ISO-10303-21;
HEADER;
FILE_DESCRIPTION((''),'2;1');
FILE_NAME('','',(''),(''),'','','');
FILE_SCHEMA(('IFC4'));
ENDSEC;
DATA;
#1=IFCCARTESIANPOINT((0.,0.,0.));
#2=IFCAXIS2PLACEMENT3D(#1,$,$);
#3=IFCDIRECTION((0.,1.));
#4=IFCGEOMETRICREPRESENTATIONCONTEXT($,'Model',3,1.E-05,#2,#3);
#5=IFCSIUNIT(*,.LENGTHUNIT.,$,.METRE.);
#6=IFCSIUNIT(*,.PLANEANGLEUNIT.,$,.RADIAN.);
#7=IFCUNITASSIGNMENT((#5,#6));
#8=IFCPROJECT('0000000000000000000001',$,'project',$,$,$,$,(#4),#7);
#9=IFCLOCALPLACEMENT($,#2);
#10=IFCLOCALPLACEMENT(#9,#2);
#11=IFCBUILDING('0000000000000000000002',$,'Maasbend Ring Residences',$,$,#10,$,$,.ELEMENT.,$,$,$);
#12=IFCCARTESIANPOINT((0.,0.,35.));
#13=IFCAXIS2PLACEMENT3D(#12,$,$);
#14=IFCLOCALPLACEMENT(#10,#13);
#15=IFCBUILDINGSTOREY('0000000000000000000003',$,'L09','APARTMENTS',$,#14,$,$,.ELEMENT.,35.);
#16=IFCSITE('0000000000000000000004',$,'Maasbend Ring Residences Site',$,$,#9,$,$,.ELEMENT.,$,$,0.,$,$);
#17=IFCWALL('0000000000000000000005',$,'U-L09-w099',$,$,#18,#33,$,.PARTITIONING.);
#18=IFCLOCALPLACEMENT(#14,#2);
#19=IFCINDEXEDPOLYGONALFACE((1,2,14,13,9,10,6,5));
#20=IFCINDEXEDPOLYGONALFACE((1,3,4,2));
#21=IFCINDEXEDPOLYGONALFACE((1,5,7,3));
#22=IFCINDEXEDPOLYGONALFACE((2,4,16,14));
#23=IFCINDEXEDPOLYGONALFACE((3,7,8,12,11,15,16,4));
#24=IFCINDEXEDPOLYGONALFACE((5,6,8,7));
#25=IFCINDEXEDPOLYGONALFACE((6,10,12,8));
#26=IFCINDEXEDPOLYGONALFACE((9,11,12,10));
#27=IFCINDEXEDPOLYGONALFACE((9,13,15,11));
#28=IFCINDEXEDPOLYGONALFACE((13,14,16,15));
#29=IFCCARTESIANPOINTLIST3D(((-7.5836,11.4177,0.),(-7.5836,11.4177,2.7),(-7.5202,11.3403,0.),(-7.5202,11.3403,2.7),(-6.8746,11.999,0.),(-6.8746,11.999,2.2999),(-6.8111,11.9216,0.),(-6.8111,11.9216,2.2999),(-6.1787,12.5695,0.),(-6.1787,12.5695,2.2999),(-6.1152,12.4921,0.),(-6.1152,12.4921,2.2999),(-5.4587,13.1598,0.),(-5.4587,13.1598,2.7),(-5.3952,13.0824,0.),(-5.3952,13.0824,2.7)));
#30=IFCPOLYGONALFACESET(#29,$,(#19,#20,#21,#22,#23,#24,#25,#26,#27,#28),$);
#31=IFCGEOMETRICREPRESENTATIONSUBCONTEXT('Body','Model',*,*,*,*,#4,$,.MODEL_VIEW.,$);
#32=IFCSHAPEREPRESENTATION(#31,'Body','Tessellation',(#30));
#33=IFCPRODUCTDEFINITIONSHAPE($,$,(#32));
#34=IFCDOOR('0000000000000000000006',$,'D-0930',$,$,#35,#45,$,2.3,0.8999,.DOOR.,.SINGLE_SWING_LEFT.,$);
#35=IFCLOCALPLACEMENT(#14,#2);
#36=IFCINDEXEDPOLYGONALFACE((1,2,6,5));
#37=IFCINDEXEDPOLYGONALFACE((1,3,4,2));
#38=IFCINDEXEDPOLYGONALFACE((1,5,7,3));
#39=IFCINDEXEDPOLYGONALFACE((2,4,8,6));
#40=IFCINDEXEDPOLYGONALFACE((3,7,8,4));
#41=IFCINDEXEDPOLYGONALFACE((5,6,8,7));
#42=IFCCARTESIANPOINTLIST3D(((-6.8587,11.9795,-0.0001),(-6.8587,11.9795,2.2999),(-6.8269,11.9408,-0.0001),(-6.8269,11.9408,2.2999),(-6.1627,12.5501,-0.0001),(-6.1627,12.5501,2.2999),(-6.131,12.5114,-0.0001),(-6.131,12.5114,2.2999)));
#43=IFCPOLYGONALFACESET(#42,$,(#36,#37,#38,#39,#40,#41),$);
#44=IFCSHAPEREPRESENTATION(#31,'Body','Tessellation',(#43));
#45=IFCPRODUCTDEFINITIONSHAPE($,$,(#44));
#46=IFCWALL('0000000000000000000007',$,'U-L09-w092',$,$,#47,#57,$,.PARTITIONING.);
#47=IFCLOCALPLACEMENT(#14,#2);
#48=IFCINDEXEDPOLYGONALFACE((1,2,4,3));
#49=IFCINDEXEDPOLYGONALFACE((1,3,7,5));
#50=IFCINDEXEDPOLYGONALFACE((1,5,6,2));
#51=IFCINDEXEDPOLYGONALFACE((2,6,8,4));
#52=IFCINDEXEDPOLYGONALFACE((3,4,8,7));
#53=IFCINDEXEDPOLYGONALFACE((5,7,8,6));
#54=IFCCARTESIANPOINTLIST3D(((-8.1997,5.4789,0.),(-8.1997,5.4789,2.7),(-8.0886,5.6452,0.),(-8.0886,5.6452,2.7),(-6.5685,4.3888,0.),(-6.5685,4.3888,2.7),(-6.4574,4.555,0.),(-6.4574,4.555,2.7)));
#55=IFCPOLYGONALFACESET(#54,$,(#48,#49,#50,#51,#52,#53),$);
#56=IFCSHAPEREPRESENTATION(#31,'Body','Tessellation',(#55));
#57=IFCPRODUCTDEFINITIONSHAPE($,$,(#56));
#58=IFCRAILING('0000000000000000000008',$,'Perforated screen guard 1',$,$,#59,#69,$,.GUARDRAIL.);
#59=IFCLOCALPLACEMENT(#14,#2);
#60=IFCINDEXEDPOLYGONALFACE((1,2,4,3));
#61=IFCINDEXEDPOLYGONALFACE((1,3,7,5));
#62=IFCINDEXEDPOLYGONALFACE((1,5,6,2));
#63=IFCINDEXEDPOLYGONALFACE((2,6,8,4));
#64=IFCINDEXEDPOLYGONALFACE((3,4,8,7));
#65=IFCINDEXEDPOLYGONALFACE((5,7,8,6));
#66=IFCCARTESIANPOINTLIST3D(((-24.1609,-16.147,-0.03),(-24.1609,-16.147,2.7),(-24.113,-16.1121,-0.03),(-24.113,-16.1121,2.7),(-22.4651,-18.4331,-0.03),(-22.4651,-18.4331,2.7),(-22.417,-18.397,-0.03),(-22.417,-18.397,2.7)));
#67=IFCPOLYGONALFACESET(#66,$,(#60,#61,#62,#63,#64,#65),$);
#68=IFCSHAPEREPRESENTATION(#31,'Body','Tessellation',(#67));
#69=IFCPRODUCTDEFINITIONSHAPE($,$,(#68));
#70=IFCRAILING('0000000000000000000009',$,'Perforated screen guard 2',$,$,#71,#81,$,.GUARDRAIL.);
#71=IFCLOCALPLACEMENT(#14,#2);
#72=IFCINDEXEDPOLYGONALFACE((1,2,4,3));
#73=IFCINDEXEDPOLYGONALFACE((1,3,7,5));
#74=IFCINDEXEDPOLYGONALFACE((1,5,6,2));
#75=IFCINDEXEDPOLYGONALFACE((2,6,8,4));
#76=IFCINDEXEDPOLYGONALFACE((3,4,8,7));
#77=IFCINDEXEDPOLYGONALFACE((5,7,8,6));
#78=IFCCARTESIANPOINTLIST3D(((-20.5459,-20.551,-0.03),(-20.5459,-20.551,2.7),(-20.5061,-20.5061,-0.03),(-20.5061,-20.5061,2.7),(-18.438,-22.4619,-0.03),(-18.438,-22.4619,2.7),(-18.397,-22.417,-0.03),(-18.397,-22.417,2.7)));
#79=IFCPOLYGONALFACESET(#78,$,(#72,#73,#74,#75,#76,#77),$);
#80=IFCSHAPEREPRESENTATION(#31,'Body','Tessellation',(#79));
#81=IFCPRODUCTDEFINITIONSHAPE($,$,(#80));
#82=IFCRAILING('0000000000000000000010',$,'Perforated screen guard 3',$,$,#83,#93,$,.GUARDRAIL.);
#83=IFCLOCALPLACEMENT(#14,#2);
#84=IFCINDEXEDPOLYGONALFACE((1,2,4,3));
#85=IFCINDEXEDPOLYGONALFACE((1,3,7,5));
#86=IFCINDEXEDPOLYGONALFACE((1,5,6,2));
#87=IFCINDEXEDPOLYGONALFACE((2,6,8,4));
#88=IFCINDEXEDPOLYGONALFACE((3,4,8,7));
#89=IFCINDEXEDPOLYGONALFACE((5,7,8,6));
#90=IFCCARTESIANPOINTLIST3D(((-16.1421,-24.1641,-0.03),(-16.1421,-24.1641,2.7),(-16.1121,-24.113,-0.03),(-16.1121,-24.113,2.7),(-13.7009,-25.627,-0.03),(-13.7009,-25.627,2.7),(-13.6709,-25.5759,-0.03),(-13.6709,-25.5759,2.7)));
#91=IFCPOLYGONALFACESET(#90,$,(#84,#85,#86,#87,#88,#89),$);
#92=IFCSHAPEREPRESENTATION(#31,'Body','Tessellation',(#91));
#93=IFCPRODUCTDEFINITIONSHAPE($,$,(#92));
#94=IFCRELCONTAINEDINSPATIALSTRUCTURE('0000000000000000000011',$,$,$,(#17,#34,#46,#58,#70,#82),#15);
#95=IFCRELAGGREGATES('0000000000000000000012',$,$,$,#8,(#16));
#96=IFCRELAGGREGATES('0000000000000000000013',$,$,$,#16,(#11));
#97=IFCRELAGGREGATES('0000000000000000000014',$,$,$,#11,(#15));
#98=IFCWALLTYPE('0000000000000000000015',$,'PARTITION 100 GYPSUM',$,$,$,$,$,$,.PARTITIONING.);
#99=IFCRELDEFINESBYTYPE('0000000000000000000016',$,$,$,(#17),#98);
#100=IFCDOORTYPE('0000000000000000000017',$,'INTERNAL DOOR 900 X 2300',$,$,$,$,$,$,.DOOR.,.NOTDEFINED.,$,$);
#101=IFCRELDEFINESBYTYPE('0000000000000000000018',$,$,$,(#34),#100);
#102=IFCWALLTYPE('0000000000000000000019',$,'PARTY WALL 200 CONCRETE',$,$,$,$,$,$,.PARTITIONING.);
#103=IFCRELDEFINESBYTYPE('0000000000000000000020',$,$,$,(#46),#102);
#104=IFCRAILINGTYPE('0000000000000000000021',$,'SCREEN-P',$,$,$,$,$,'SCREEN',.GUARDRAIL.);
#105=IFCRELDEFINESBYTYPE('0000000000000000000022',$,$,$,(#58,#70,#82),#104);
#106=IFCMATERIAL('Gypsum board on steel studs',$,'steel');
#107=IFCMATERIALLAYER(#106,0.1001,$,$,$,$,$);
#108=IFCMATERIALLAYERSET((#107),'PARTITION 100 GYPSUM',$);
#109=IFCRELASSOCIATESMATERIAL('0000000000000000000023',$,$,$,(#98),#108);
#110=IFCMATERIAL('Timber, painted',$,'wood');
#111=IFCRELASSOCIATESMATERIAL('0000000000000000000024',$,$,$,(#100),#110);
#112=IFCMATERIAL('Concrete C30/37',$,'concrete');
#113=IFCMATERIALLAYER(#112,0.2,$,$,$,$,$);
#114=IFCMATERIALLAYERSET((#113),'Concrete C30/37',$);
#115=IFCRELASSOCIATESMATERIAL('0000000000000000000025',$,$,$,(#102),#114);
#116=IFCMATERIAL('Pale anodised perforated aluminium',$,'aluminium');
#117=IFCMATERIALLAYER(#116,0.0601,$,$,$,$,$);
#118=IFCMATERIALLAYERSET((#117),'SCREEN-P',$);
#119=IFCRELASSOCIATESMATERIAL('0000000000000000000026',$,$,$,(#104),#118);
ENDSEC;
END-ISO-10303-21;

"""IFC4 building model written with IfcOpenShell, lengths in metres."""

from ifc_helpers import new_model, si_unit, direction, frame, frame_2d, origin, place, context, subcontext, project, spatial, polyline, rectangle, outline, extrude, material, layer, layer_set, type_object, element, fill, save


model = new_model("IFC4")

# Units and contexts
model_context = context("Model", 3, precision=1e-05, world=origin(), true_north=direction((0.0, 1.0)))
body_context = subcontext(model_context, "Body", "Model", "MODEL_VIEW")
ifc_project = project(units=[si_unit("LENGTHUNIT", "METRE"), si_unit("PLANEANGLEUNIT", "RADIAN")], contexts=[model_context])

# Site, building, storey
site_placement = place(None, origin())
site = spatial("IfcSite", under=ifc_project, at=site_placement, Name="Maasbend Ring Residences Site", CompositionType="ELEMENT", RefElevation=0.0)
building_placement = place(site_placement, origin())
building = spatial("IfcBuilding", under=site, at=building_placement, Name="Maasbend Ring Residences", CompositionType="ELEMENT")
storey_placement = place(building_placement, frame((0.0, 0.0, 35.0)))
storey = spatial("IfcBuildingStorey", under=building, at=storey_placement, Name="L09", Description="APARTMENTS", CompositionType="ELEMENT", Elevation=35.0)

# Wall, opening, door
ifc_material_1 = material(Name="Gypsum board on steel studs", Category="steel")
ifc_layer_1 = layer(ifc_material_1, 0.1001)
ifc_layer_set_1 = layer_set([ifc_layer_1], Name="PARTITION 100 GYPSUM")
wall_type_1 = type_object("IfcWallType", Name="PARTITION 100 GYPSUM", PredefinedType="PARTITIONING", material=ifc_layer_set_1)
wall_1_placement = place(storey_placement, frame((-7.552, 11.3789, 0.0), z_axis=(0.0, 0.0, 1.0), x_axis=(0.773324, 0.634012, 0.0)))
wall_1 = element("IfcWall", 1, at=wall_1_placement, inside=storey, type_object=wall_type_1, Name="U-L09-w099", PredefinedType="PARTITIONING", context=body_context, shape_type="SweptSolid", body=[
    extrude(rectangle(XDim=2.7478, YDim=0.1001, at=frame_2d((1.374, 0.0))), origin(), (0.0, 0.0, 1.0), 2.7),
])
opening_1_placement = place(wall_1_placement, frame((0.917, 0.0, 0.0)))
opening_1 = element("IfcOpeningElement", 2, at=opening_1_placement, cuts=wall_1, PredefinedType="OPENING", context=body_context, shape_type="SweptSolid", body=[
    extrude(rectangle(XDim=0.8999, YDim=2.3, at=frame_2d((0.45, 1.1499))), frame((0.0, 0.0601, 0.0), z_axis=(0.0, -1.0, 0.0), x_axis=(1.0, 0.0, 0.0)), (0.0, 0.0, 1.0), 0.1201),
])
ifc_material_2 = material(Name="Timber, painted", Category="wood")
door_type_1 = type_object("IfcDoorType", Name="INTERNAL DOOR 900 X 2300", OperationType="NOTDEFINED", PredefinedType="DOOR", material=ifc_material_2)
door_1_placement = place(opening_1_placement, origin())
door_1 = element("IfcDoor", 3, at=door_1_placement, inside=storey, type_object=door_type_1, Name="D-0930", OperationType="SINGLE_SWING_LEFT", OverallHeight=2.3, OverallWidth=0.8999, PredefinedType="DOOR", context=body_context, shape_type="SweptSolid", body=[
    extrude(rectangle(XDim=0.8999, YDim=2.3, at=frame_2d((0.45, 1.1499))), frame((0.0, 0.0249, 0.0), z_axis=(0.0, -1.0, 0.0), x_axis=(1.0, 0.0, 0.0)), (0.0, 0.0, 1.0), 0.05),
])
fill(opening_1, door_1)

# Wall
ifc_material_3 = material(Name="Concrete C30/37", Category="concrete")
ifc_layer_2 = layer(ifc_material_3, 0.2)
ifc_layer_set_2 = layer_set([ifc_layer_2], Name="Concrete C30/37")
wall_type_2 = type_object("IfcWallType", Name="PARTY WALL 200 CONCRETE", PredefinedType="PARTITIONING", material=ifc_layer_set_2)
wall_2_placement = place(storey_placement, frame((-6.5129, 4.4719, 0.0), z_axis=(0.0, 0.0, 1.0), x_axis=(-0.831418, 0.555648, 0.0)))
element("IfcWall", 4, at=wall_2_placement, inside=storey, type_object=wall_type_2, Name="U-L09-w092", PredefinedType="PARTITIONING", context=body_context, shape_type="SweptSolid", body=[
    extrude(rectangle(XDim=1.9619, YDim=0.2, at=frame_2d((0.981, 0.0))), origin(), (0.0, 0.0, 1.0), 2.7),
])

# Railings
ifc_material_4 = material(Name="Pale anodised perforated aluminium", Category="aluminium")
ifc_layer_3 = layer(ifc_material_4, 0.0601)
ifc_layer_set_3 = layer_set([ifc_layer_3], Name="SCREEN-P")
railing_type = type_object("IfcRailingType", Name="SCREEN-P", ElementType="SCREEN", PredefinedType="GUARDRAIL", material=ifc_layer_set_3)
railing_1_placement = place(storey_placement, frame((0.0, 0.0, -0.03)))
element("IfcRailing", 5, at=railing_1_placement, inside=storey, type_object=railing_type, Name="Perforated screen guard 1", PredefinedType="GUARDRAIL", context=body_context, shape_type="SweptSolid", body=[
    extrude(outline(polyline([(-24.113, -16.1121), (-22.417, -18.397), (-22.4651, -18.4331), (-24.1609, -16.147), (-24.113, -16.1121)])), origin(), (0.0, 0.0, 1.0), 2.73),
])
railing_2_placement = place(storey_placement, frame((0.0, 0.0, -0.03)))
element("IfcRailing", 6, at=railing_2_placement, inside=storey, type_object=railing_type, Name="Perforated screen guard 2", PredefinedType="GUARDRAIL", context=body_context, shape_type="SweptSolid", body=[
    extrude(outline(polyline([(-20.5061, -20.5061), (-18.397, -22.417), (-18.438, -22.4619), (-20.5459, -20.551), (-20.5061, -20.5061)])), origin(), (0.0, 0.0, 1.0), 2.73),
])
railing_3_placement = place(storey_placement, frame((0.0, 0.0, -0.03)))
element("IfcRailing", 7, at=railing_3_placement, inside=storey, type_object=railing_type, Name="Perforated screen guard 3", PredefinedType="GUARDRAIL", context=body_context, shape_type="SweptSolid", body=[
    extrude(outline(polyline([(-16.1121, -24.113), (-13.6709, -25.5759), (-13.7009, -25.627), (-16.1421, -24.1641), (-16.1121, -24.113)])), origin(), (0.0, 0.0, 1.0), 2.73),
])

save(model, "model.ifc")
